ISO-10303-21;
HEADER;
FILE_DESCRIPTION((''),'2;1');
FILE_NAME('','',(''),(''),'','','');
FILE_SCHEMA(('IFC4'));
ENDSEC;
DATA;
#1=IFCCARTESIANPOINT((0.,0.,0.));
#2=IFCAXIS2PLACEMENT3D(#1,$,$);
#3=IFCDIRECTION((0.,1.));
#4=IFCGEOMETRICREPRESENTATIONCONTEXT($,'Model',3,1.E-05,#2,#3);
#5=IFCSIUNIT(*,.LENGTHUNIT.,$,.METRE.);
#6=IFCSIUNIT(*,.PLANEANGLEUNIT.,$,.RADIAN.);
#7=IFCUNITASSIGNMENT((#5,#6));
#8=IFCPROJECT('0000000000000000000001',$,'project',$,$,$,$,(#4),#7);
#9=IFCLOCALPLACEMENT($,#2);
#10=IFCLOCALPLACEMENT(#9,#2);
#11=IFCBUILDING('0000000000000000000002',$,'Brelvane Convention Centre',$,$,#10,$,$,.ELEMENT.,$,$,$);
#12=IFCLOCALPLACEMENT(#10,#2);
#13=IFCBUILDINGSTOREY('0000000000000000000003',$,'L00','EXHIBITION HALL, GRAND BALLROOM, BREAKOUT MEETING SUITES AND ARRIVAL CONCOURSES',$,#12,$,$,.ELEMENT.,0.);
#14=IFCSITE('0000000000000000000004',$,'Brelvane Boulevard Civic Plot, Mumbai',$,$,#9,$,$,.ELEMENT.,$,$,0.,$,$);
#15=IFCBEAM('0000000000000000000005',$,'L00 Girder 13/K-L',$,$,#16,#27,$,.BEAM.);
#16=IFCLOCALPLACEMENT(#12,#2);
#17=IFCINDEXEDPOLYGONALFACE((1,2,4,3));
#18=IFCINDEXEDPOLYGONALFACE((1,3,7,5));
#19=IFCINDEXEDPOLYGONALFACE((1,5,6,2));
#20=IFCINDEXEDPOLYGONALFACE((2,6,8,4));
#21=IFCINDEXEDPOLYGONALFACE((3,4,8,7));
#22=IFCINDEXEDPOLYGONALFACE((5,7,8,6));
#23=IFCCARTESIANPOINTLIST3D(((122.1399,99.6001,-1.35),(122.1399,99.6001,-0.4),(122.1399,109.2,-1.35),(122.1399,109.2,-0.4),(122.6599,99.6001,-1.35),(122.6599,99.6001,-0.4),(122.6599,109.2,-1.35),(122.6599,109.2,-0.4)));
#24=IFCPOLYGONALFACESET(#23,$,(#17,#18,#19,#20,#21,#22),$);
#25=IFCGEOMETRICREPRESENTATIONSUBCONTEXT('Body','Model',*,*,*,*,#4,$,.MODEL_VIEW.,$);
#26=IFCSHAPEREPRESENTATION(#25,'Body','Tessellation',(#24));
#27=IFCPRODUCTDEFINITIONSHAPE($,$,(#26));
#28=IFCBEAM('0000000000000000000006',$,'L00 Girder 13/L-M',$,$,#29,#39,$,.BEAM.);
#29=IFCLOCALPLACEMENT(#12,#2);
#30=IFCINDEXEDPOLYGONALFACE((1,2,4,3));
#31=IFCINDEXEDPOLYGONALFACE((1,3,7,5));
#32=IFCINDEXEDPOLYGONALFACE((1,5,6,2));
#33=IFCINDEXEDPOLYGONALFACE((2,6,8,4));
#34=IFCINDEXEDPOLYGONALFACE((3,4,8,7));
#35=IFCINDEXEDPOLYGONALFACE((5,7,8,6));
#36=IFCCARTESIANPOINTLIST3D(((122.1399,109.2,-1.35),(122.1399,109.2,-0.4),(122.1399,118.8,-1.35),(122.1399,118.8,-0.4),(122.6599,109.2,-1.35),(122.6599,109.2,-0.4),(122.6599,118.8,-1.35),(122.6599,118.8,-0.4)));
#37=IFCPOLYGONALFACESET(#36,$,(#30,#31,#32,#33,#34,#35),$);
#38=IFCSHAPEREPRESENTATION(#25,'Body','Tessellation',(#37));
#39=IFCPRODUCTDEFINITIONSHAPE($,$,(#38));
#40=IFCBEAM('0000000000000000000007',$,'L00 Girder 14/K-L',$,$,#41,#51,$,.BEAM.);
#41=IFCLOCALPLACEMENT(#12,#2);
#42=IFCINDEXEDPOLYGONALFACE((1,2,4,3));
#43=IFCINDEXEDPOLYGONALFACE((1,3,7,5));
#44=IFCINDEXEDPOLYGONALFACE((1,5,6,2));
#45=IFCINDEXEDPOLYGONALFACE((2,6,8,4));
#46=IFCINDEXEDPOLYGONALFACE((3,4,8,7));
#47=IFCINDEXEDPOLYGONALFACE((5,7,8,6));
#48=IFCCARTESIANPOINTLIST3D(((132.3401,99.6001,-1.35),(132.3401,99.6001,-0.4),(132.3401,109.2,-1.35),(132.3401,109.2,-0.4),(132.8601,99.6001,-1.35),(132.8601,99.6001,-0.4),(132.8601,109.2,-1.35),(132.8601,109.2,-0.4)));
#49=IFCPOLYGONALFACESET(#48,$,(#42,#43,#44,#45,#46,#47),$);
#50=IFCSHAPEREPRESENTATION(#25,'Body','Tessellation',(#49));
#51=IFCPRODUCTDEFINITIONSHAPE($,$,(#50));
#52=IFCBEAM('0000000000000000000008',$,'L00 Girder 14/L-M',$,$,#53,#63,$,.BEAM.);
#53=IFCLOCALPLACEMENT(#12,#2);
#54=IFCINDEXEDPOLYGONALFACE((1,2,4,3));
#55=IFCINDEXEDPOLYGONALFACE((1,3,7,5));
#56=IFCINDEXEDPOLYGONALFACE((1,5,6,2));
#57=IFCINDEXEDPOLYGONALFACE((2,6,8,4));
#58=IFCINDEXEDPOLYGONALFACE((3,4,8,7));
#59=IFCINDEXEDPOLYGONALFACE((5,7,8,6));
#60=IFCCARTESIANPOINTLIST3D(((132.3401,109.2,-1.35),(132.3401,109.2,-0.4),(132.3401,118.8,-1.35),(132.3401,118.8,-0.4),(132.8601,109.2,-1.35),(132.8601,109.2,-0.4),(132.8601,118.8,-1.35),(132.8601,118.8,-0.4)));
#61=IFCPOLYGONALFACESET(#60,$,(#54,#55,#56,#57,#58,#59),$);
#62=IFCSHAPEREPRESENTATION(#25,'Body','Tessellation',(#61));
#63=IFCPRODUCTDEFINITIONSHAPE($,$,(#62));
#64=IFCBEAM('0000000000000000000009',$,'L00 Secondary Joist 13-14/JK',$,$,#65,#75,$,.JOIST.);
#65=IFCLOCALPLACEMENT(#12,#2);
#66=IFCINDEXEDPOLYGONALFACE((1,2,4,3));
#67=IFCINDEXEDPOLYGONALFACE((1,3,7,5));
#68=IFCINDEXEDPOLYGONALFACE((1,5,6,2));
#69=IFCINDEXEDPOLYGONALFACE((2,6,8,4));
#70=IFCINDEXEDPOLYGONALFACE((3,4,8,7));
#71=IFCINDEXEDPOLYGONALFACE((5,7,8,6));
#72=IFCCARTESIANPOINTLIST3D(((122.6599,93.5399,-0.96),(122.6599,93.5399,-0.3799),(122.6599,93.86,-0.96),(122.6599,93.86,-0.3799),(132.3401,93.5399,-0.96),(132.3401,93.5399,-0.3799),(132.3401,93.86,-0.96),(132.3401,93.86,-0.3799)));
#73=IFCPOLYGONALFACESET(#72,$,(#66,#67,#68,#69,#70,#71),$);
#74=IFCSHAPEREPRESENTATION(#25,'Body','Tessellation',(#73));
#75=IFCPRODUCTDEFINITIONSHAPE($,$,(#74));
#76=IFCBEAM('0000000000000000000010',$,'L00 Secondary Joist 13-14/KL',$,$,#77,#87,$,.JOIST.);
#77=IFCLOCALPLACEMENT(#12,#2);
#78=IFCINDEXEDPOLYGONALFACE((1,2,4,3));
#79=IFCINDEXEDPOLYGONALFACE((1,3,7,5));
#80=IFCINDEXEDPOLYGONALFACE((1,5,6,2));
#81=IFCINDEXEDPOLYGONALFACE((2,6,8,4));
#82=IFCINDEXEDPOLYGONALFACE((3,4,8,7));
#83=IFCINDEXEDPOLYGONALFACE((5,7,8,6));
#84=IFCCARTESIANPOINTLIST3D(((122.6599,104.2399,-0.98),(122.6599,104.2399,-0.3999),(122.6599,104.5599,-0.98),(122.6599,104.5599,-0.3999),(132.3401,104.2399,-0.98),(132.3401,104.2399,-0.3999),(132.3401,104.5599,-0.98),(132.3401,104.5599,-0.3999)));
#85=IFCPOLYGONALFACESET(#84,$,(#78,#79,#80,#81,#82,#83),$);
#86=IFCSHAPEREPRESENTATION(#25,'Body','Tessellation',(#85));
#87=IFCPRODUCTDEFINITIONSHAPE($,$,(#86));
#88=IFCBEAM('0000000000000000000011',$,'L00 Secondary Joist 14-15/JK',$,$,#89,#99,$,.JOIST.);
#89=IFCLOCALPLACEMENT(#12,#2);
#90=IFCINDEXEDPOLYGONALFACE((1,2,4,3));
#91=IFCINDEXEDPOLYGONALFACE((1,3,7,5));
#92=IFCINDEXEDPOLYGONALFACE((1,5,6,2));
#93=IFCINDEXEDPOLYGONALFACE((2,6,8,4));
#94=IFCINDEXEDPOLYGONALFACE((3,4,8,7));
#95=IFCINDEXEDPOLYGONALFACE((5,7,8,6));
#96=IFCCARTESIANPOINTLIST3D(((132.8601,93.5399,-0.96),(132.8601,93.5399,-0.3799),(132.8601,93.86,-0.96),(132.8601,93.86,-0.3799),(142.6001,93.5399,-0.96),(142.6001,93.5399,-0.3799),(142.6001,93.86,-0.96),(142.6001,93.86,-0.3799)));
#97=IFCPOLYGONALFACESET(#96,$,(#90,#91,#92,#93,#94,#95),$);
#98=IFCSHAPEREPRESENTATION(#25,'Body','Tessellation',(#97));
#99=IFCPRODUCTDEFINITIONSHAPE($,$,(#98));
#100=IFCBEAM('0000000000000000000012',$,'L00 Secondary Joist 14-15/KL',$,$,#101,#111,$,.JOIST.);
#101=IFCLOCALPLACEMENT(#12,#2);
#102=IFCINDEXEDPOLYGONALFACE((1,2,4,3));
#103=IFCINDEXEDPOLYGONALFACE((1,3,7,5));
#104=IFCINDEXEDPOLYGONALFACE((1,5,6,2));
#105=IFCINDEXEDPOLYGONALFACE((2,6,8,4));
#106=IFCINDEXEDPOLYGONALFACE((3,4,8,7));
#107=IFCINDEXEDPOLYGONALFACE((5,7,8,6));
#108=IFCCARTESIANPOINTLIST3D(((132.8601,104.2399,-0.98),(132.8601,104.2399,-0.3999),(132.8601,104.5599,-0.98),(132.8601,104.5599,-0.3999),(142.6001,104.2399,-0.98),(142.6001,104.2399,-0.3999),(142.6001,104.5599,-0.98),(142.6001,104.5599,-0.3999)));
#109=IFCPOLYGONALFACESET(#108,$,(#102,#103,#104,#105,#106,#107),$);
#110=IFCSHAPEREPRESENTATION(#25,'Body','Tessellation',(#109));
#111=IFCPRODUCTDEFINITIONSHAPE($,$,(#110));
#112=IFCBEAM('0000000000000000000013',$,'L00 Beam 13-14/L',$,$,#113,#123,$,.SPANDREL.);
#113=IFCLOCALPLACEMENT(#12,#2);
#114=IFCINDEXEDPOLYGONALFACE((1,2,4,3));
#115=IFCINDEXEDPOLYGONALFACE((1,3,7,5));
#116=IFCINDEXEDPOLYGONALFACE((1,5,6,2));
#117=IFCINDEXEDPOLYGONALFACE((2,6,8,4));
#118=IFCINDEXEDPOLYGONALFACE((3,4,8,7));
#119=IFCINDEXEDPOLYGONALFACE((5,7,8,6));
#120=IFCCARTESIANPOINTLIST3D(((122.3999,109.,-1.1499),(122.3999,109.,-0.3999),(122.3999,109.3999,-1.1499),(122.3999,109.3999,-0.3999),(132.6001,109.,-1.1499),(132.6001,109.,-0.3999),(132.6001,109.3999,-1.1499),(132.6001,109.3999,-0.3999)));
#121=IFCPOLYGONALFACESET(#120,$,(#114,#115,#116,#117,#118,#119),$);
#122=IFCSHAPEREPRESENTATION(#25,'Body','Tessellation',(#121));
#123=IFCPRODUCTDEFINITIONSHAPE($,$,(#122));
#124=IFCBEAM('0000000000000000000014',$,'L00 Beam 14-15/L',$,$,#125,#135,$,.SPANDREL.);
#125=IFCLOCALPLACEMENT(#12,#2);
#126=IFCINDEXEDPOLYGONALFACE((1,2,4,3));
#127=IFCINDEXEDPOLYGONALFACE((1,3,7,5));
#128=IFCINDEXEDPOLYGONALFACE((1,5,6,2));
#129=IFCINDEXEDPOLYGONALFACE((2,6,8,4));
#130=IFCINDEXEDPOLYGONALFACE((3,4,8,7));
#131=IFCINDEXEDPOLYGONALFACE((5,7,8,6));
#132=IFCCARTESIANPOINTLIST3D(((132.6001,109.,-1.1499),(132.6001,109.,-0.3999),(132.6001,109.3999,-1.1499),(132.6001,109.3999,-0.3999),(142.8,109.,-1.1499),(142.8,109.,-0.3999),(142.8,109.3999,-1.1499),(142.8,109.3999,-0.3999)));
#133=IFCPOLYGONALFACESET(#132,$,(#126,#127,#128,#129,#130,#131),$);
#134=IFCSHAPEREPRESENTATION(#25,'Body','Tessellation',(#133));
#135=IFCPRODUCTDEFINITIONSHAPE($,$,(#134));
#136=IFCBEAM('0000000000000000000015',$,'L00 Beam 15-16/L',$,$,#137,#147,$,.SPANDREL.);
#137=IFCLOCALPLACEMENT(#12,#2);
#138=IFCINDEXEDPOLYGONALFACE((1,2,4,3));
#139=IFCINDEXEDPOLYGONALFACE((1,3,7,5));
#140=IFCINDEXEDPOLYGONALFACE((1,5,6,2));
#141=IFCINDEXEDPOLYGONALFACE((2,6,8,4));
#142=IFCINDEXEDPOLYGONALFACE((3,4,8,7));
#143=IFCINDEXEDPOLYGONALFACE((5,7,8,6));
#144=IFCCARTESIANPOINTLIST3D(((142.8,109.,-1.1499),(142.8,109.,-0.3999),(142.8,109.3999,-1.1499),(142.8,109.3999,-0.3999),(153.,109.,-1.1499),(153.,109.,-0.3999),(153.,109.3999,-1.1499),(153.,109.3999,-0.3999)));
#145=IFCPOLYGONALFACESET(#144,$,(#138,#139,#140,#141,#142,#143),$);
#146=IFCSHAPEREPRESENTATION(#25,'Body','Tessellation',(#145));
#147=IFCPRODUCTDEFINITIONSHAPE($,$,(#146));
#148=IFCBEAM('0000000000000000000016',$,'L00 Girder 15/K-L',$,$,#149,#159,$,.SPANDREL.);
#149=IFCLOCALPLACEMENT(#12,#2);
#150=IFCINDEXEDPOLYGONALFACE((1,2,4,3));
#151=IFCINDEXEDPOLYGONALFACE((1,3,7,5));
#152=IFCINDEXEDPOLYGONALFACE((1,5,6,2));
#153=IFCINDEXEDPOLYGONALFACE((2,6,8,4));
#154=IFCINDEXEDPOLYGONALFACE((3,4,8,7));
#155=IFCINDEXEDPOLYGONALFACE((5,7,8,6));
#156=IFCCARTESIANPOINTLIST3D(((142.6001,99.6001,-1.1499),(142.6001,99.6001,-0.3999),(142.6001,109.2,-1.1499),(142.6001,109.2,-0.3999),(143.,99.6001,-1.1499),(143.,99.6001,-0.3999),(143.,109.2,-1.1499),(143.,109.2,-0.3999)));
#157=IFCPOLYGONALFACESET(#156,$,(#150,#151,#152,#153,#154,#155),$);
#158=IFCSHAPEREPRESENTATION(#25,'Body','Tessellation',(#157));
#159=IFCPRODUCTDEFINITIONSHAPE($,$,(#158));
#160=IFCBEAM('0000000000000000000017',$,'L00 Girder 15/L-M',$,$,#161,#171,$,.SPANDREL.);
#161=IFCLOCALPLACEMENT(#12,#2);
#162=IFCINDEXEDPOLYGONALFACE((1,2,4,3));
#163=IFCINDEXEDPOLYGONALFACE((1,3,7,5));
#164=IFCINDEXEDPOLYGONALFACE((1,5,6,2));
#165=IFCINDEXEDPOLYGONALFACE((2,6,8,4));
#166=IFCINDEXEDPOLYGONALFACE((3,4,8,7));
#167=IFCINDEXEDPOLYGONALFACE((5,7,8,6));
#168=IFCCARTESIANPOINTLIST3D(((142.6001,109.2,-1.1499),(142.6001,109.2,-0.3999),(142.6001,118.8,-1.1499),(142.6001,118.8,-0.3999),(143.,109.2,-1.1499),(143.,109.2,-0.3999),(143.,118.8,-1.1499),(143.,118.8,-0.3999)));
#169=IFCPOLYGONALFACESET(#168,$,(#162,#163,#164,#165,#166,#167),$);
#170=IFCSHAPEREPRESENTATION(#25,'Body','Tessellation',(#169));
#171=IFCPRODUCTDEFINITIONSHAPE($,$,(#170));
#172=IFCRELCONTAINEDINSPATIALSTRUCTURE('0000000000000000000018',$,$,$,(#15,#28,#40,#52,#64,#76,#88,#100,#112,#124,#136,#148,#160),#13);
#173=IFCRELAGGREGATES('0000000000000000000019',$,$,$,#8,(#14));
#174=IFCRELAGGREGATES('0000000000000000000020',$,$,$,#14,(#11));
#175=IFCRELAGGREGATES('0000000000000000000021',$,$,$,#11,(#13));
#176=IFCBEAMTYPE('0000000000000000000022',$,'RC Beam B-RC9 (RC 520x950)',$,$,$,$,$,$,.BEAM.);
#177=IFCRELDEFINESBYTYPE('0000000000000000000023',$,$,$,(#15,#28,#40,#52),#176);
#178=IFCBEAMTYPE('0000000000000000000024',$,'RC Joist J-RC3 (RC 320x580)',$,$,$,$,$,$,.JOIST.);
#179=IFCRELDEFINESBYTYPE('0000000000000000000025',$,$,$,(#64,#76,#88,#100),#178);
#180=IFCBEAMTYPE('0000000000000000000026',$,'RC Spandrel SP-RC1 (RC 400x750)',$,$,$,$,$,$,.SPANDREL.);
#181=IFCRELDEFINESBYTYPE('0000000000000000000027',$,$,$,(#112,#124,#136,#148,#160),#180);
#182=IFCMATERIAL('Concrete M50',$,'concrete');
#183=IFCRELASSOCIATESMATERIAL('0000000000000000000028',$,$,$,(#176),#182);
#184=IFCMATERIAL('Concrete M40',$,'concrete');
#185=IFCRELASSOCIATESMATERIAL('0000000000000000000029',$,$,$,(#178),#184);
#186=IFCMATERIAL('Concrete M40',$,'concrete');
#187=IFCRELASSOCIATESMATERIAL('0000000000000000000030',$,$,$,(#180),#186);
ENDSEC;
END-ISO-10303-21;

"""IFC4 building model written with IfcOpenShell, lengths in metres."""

from ifc_helpers import new_model, si_unit, direction, frame, origin, origin_2d, place, context, subcontext, project, spatial, rectangle, extrude, material, material_profile, profile_set, type_object, element, save


model = new_model("IFC4")

# Units and contexts
model_context = context("Model", 3, precision=1e-05, world=origin(), true_north=direction((0.0, 1.0)))
body_context = subcontext(model_context, "Body", "Model", "MODEL_VIEW")
ifc_project = project(units=[si_unit("LENGTHUNIT", "METRE"), si_unit("PLANEANGLEUNIT", "RADIAN")], contexts=[model_context])

# Site, building, storey
site_placement = place(None, origin())
site = spatial("IfcSite", under=ifc_project, at=site_placement, Name="Brelvane Boulevard Civic Plot, Mumbai", CompositionType="ELEMENT", RefElevation=0.0)
building_placement = place(site_placement, origin())
building = spatial("IfcBuilding", under=site, at=building_placement, Name="Brelvane Convention Centre", CompositionType="ELEMENT")
storey_placement = place(building_placement, origin())
storey = spatial("IfcBuildingStorey", under=building, at=storey_placement, Name="L00", Description="EXHIBITION HALL, GRAND BALLROOM, BREAKOUT MEETING SUITES AND ARRIVAL CONCOURSES", CompositionType="ELEMENT", Elevation=0.0)

# Beams
ifc_material_1 = material(Name="Concrete M50", Category="concrete")
ifc_material_profile_1 = material_profile(ifc_material_1, rectangle(XDim=0.52, YDim=0.95, at=origin_2d()), Name="RC 520x950")
ifc_profile_set_1 = profile_set([ifc_material_profile_1], Name="Concrete M50")
beam_type_1 = type_object("IfcBeamType", Name="RC Beam B-RC9 (RC 520x950)", PredefinedType="BEAM", material=ifc_profile_set_1)
beam_1_placement = place(storey_placement, frame((122.3999, 99.6001, -0.875), z_axis=(0.0, 1.0, 0.0), x_axis=(-1.0, 0.0, 0.0)))
element("IfcBeam", 1, at=beam_1_placement, inside=storey, type_object=beam_type_1, Name="L00 Girder 13/K-L", PredefinedType="BEAM", context=body_context, shape_type="SweptSolid", body=[
    extrude(rectangle(XDim=0.52, YDim=0.95, at=origin_2d()), origin(), (0.0, 0.0, 1.0), 9.5999),
])
beam_2_placement = place(storey_placement, frame((122.3999, 109.2, -0.875), z_axis=(0.0, 1.0, 0.0), x_axis=(-1.0, 0.0, 0.0)))
element("IfcBeam", 2, at=beam_2_placement, inside=storey, type_object=beam_type_1, Name="L00 Girder 13/L-M", PredefinedType="BEAM", context=body_context, shape_type="SweptSolid", body=[
    extrude(rectangle(XDim=0.52, YDim=0.95, at=origin_2d()), origin(), (0.0, 0.0, 1.0), 9.6001),
])
beam_3_placement = place(storey_placement, frame((132.6001, 99.6001, -0.875), z_axis=(0.0, 1.0, 0.0), x_axis=(-1.0, 0.0, 0.0)))
element("IfcBeam", 3, at=beam_3_placement, inside=storey, type_object=beam_type_1, Name="L00 Girder 14/K-L", PredefinedType="BEAM", context=body_context, shape_type="SweptSolid", body=[
    extrude(rectangle(XDim=0.52, YDim=0.95, at=origin_2d()), origin(), (0.0, 0.0, 1.0), 9.5999),
])
beam_4_placement = place(storey_placement, frame((132.6001, 109.2, -0.875), z_axis=(0.0, 1.0, 0.0), x_axis=(-1.0, 0.0, 0.0)))
element("IfcBeam", 4, at=beam_4_placement, inside=storey, type_object=beam_type_1, Name="L00 Girder 14/L-M", PredefinedType="BEAM", context=body_context, shape_type="SweptSolid", body=[
    extrude(rectangle(XDim=0.52, YDim=0.95, at=origin_2d()), origin(), (0.0, 0.0, 1.0), 9.6001),
])
ifc_material_2 = material(Name="Concrete M40", Category="concrete")
ifc_material_profile_2 = material_profile(ifc_material_2, rectangle(XDim=0.3201, YDim=0.5801, at=origin_2d()), Name="RC 320x580")
ifc_profile_set_2 = profile_set([ifc_material_profile_2], Name="Concrete M40")
beam_type_2 = type_object("IfcBeamType", Name="RC Joist J-RC3 (RC 320x580)", PredefinedType="JOIST", material=ifc_profile_set_2)
for number, where, z_axis, x_axis, name in (
    (5, (122.6599, 93.7, -0.6699), (1.0, 0.0, 0.0), (0.0, 1.0, 0.0), "L00 Secondary Joist 13-14/JK"),
    (6, (122.6599, 104.3999, -0.6899), (1.0, 0.0, 0.0), (0.0, 1.0, 0.0), "L00 Secondary Joist 13-14/KL"),
):
    element("IfcBeam", number, at=place(storey_placement, frame(where, z_axis=z_axis, x_axis=x_axis)), inside=storey, type_object=beam_type_2, Name=name, PredefinedType="JOIST", context=body_context, shape_type="SweptSolid", body=[
        extrude(rectangle(XDim=0.3201, YDim=0.5801, at=origin_2d()), origin(), (0.0, 0.0, 1.0), 9.6802),
    ])
for number, where, z_axis, x_axis, name in (
    (7, (132.8601, 93.7, -0.6699), (1.0, 0.0, 0.0), (0.0, 1.0, 0.0), "L00 Secondary Joist 14-15/JK"),
    (8, (132.8601, 104.3999, -0.6899), (1.0, 0.0, 0.0), (0.0, 1.0, 0.0), "L00 Secondary Joist 14-15/KL"),
):
    element("IfcBeam", number, at=place(storey_placement, frame(where, z_axis=z_axis, x_axis=x_axis)), inside=storey, type_object=beam_type_2, Name=name, PredefinedType="JOIST", context=body_context, shape_type="SweptSolid", body=[
        extrude(rectangle(XDim=0.3201, YDim=0.5801, at=origin_2d()), origin(), (0.0, 0.0, 1.0), 9.74),
    ])
ifc_material_3 = material(Name="Concrete M40", Category="concrete")
ifc_material_profile_3 = material_profile(ifc_material_3, rectangle(XDim=0.3999, YDim=0.75, at=origin_2d()), Name="RC 400x750")
ifc_profile_set_3 = profile_set([ifc_material_profile_3], Name="Concrete M40")
beam_type_3 = type_object("IfcBeamType", Name="RC Spandrel SP-RC1 (RC 400x750)", PredefinedType="SPANDREL", material=ifc_profile_set_3)
beam_5_placement = place(storey_placement, frame((122.3999, 109.2, -0.7749), z_axis=(1.0, 0.0, 0.0), x_axis=(0.0, 1.0, 0.0)))
element("IfcBeam", 9, at=beam_5_placement, inside=storey, type_object=beam_type_3, Name="L00 Beam 13-14/L", PredefinedType="SPANDREL", context=body_context, shape_type="SweptSolid", body=[
    extrude(rectangle(XDim=0.3999, YDim=0.75, at=origin_2d()), origin(), (0.0, 0.0, 1.0), 10.2002),
])
for number, where, z_axis, x_axis, name in (
    (10, (132.6001, 109.2, -0.7749), (1.0, 0.0, 0.0), (0.0, 1.0, 0.0), "L00 Beam 14-15/L"),
    (11, (142.8, 109.2, -0.7749), (1.0, 0.0, 0.0), (0.0, 1.0, 0.0), "L00 Beam 15-16/L"),
):
    element("IfcBeam", number, at=place(storey_placement, frame(where, z_axis=z_axis, x_axis=x_axis)), inside=storey, type_object=beam_type_3, Name=name, PredefinedType="SPANDREL", context=body_context, shape_type="SweptSolid", body=[
        extrude(rectangle(XDim=0.3999, YDim=0.75, at=origin_2d()), origin(), (0.0, 0.0, 1.0), 10.2),
    ])
beam_6_placement = place(storey_placement, frame((142.8, 99.6001, -0.7749), z_axis=(0.0, 1.0, 0.0), x_axis=(-1.0, 0.0, 0.0)))
element("IfcBeam", 12, at=beam_6_placement, inside=storey, type_object=beam_type_3, Name="L00 Girder 15/K-L", PredefinedType="SPANDREL", context=body_context, shape_type="SweptSolid", body=[
    extrude(rectangle(XDim=0.3999, YDim=0.75, at=origin_2d()), origin(), (0.0, 0.0, 1.0), 9.5999),
])
beam_7_placement = place(storey_placement, frame((142.8, 109.2, -0.7749), z_axis=(0.0, 1.0, 0.0), x_axis=(-1.0, 0.0, 0.0)))
element("IfcBeam", 13, at=beam_7_placement, inside=storey, type_object=beam_type_3, Name="L00 Girder 15/L-M", PredefinedType="SPANDREL", context=body_context, shape_type="SweptSolid", body=[
    extrude(rectangle(XDim=0.3999, YDim=0.75, at=origin_2d()), origin(), (0.0, 0.0, 1.0), 9.6001),
])

save(model, "model.ifc")
